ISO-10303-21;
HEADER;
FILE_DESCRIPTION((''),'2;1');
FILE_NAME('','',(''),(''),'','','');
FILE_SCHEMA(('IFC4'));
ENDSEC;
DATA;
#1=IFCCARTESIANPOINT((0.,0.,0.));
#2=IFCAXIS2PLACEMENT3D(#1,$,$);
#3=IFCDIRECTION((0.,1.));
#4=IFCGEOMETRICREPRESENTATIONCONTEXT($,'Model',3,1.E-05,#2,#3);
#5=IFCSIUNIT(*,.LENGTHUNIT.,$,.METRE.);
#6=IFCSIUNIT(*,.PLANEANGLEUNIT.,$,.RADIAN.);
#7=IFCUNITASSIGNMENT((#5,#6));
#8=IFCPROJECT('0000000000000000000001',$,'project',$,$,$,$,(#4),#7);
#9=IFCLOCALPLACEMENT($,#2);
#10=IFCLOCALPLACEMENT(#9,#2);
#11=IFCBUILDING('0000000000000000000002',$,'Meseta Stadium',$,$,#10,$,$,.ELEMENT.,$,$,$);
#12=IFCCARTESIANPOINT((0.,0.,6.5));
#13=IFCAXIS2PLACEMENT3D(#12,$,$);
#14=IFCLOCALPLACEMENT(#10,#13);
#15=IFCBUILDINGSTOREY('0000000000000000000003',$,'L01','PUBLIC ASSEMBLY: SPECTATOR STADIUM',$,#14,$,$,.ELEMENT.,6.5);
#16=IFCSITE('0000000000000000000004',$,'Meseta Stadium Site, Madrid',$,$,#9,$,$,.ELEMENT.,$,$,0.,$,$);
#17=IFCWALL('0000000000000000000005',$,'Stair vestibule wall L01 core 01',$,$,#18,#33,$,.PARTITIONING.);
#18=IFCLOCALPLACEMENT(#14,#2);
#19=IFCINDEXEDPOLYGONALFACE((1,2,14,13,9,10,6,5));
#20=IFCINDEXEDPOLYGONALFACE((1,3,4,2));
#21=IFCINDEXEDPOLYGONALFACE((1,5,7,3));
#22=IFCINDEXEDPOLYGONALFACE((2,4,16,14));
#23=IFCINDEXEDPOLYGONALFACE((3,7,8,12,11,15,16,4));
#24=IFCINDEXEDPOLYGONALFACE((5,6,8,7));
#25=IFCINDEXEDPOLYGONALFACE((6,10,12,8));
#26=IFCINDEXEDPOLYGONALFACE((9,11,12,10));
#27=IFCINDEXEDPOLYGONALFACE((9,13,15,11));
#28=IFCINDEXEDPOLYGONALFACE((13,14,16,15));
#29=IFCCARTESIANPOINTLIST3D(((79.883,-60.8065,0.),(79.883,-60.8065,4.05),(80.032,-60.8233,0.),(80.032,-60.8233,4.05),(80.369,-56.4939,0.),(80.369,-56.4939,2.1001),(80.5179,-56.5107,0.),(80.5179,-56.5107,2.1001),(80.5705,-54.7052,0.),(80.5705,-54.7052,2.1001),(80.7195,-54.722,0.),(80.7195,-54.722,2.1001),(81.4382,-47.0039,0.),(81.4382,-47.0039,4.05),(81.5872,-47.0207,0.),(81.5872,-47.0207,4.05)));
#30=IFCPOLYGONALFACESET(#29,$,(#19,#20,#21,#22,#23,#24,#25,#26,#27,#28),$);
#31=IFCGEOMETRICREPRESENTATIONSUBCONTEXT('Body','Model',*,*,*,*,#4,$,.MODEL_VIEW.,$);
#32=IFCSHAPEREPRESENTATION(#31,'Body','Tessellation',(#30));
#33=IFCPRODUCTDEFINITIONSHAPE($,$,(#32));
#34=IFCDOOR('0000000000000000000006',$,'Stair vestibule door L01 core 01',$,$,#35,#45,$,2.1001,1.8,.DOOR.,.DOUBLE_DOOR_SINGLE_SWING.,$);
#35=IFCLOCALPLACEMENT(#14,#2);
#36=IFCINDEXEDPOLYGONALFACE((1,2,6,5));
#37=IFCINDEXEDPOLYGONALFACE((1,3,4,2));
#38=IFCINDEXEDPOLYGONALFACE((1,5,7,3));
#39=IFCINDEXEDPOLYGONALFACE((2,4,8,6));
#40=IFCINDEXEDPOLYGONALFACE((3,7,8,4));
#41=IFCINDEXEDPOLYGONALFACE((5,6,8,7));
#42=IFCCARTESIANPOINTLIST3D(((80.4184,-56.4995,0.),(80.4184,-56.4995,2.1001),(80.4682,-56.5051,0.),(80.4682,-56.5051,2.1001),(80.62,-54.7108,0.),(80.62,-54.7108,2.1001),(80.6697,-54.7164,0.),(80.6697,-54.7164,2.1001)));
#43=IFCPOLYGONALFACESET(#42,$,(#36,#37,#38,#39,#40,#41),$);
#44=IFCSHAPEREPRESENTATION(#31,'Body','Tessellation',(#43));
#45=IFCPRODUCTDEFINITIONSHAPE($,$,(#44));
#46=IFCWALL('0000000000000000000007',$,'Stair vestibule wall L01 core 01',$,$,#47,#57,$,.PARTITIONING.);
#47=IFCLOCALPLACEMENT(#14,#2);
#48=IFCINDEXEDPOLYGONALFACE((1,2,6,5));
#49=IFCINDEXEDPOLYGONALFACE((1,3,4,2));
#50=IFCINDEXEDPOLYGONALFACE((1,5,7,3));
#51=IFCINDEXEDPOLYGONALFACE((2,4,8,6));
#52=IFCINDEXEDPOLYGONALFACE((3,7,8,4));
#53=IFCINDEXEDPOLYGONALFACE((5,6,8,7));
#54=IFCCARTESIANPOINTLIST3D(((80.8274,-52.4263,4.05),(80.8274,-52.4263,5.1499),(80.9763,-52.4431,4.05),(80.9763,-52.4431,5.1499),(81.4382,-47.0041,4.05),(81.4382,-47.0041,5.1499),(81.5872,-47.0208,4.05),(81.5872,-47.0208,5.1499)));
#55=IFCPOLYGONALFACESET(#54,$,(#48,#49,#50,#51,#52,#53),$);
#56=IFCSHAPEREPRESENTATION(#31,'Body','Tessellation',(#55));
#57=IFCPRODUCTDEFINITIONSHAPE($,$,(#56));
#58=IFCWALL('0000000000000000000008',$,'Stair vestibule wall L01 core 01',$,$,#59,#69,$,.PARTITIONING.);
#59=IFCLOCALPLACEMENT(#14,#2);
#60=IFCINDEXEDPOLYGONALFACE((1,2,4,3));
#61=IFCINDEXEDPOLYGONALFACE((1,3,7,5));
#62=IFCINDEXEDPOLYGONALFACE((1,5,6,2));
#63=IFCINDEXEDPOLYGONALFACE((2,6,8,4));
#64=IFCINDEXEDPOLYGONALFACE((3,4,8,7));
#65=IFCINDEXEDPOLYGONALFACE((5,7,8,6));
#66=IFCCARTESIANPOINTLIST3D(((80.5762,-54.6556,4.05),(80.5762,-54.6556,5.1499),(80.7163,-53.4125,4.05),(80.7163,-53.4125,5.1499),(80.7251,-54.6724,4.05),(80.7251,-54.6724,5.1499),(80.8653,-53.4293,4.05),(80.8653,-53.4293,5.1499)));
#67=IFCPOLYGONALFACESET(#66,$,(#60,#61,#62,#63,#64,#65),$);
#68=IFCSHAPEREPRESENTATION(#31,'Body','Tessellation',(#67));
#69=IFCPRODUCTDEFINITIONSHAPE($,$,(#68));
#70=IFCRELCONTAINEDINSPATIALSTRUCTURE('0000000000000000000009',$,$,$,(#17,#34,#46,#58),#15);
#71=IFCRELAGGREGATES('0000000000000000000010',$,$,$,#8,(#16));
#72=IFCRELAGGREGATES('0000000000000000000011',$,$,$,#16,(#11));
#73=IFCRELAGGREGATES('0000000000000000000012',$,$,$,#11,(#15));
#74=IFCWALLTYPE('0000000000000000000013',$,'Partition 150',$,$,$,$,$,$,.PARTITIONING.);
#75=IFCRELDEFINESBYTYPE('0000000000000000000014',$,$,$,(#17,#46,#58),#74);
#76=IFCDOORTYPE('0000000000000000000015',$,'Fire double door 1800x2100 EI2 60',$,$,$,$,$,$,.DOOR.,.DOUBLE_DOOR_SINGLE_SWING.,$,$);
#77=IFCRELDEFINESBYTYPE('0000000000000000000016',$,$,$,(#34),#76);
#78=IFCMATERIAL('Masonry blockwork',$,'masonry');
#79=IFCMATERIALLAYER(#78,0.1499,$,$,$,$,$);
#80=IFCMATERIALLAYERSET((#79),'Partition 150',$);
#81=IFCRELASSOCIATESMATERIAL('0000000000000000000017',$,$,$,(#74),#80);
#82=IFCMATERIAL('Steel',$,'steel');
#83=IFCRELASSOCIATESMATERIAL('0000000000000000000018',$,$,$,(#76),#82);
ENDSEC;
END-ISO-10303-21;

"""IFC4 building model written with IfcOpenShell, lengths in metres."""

from ifc_helpers import new_model, si_unit, direction, frame, frame_2d, origin, place, context, subcontext, project, spatial, rectangle, extrude, material, layer, layer_set, type_object, element, fill, save


model = new_model("IFC4")

# Units and contexts
model_context = context("Model", 3, precision=1e-05, world=origin(), true_north=direction((0.0, 1.0)))
body_context = subcontext(model_context, "Body", "Model", "MODEL_VIEW")
ifc_project = project(units=[si_unit("LENGTHUNIT", "METRE"), si_unit("PLANEANGLEUNIT", "RADIAN")], contexts=[model_context])

# Site, building, storey
site_placement = place(None, origin())
site = spatial("IfcSite", under=ifc_project, at=site_placement, Name="Meseta Stadium Site, Madrid", CompositionType="ELEMENT", RefElevation=0.0)
building_placement = place(site_placement, origin())
building = spatial("IfcBuilding", under=site, at=building_placement, Name="Meseta Stadium", CompositionType="ELEMENT")
storey_placement = place(building_placement, frame((0.0, 0.0, 6.5)))
storey = spatial("IfcBuildingStorey", under=building, at=storey_placement, Name="L01", Description="PUBLIC ASSEMBLY: SPECTATOR STADIUM", CompositionType="ELEMENT", Elevation=6.5)

# Shared definitions
ifc_material_1 = material(Name="Masonry blockwork", Category="masonry")
ifc_layer_1 = layer(ifc_material_1, 0.1499)
ifc_layer_set_1 = layer_set([ifc_layer_1], Name="Partition 150")
wall_type = type_object("IfcWallType", Name="Partition 150", PredefinedType="PARTITIONING", material=ifc_layer_set_1)

# Wall, opening, door
wall_1_placement = place(storey_placement, frame((81.5127, -47.0125, 0.0), z_axis=(0.0, 0.0, 1.0), x_axis=(-0.111965, -0.993712, 0.0)))
wall_1 = element("IfcWall", 1, at=wall_1_placement, inside=storey, type_object=wall_type, Name="Stair vestibule wall L01 core 01", PredefinedType="PARTITIONING", context=body_context, shape_type="SweptSolid", body=[
    extrude(rectangle(XDim=13.8899, YDim=0.1499, at=frame_2d((6.9448, 0.0))), origin(), (0.0, 0.0, 1.0), 4.05),
])
opening_1_placement = place(wall_1_placement, frame((7.75, 0.0, 0.0)))
opening_1 = element("IfcOpeningElement", 2, at=opening_1_placement, cuts=wall_1, PredefinedType="OPENING", context=body_context, shape_type="SweptSolid", body=[
    extrude(rectangle(XDim=1.8, YDim=2.1001, at=frame_2d((0.8999, 1.05))), frame((0.0, 0.085, 0.0), z_axis=(0.0, -1.0, 0.0), x_axis=(1.0, 0.0, 0.0)), (0.0, 0.0, 1.0), 0.1699),
])
ifc_material_2 = material(Name="Steel", Category="steel")
door_type_1 = type_object("IfcDoorType", Name="Fire double door 1800x2100 EI2 60", OperationType="DOUBLE_DOOR_SINGLE_SWING", PredefinedType="DOOR", material=ifc_material_2)
door_1_placement = place(opening_1_placement, origin())
door_1 = element("IfcDoor", 3, at=door_1_placement, inside=storey, type_object=door_type_1, Name="Stair vestibule door L01 core 01", OperationType="DOUBLE_DOOR_SINGLE_SWING", OverallHeight=2.1001, OverallWidth=1.8, PredefinedType="DOOR", context=body_context, shape_type="SweptSolid", body=[
    extrude(rectangle(XDim=1.8, YDim=2.1001, at=frame_2d((0.8999, 1.05))), frame((0.0, 0.0249, 0.0), z_axis=(0.0, -1.0, 0.0), x_axis=(1.0, 0.0, 0.0)), (0.0, 0.0, 1.0), 0.05),
])
fill(opening_1, door_1)

# Walls
wall_2_placement = place(storey_placement, frame((81.5127, -47.0125, 4.05), z_axis=(0.0, 0.0, 1.0), x_axis=(-0.111944, -0.993715, 0.0)))
element("IfcWall", 4, at=wall_2_placement, inside=storey, type_object=wall_type, Name="Stair vestibule wall L01 core 01", PredefinedType="PARTITIONING", context=body_context, shape_type="SweptSolid", body=[
    extrude(rectangle(XDim=5.4565, YDim=0.1499, at=frame_2d((2.7283, 0.0))), origin(), (0.0, 0.0, 1.0), 1.0999),
])
wall_3_placement = place(storey_placement, frame((80.7908, -53.4209, 4.05), z_axis=(0.0, 0.0, 1.0), x_axis=(-0.112016, -0.993706, 0.0)))
element("IfcWall", 5, at=wall_3_placement, inside=storey, type_object=wall_type, Name="Stair vestibule wall L01 core 01", PredefinedType="PARTITIONING", context=body_context, shape_type="SweptSolid", body=[
    extrude(rectangle(XDim=1.251, YDim=0.1499, at=frame_2d((0.6255, 0.0))), origin(), (0.0, 0.0, 1.0), 1.0999),
])

save(model, "model.ifc")
